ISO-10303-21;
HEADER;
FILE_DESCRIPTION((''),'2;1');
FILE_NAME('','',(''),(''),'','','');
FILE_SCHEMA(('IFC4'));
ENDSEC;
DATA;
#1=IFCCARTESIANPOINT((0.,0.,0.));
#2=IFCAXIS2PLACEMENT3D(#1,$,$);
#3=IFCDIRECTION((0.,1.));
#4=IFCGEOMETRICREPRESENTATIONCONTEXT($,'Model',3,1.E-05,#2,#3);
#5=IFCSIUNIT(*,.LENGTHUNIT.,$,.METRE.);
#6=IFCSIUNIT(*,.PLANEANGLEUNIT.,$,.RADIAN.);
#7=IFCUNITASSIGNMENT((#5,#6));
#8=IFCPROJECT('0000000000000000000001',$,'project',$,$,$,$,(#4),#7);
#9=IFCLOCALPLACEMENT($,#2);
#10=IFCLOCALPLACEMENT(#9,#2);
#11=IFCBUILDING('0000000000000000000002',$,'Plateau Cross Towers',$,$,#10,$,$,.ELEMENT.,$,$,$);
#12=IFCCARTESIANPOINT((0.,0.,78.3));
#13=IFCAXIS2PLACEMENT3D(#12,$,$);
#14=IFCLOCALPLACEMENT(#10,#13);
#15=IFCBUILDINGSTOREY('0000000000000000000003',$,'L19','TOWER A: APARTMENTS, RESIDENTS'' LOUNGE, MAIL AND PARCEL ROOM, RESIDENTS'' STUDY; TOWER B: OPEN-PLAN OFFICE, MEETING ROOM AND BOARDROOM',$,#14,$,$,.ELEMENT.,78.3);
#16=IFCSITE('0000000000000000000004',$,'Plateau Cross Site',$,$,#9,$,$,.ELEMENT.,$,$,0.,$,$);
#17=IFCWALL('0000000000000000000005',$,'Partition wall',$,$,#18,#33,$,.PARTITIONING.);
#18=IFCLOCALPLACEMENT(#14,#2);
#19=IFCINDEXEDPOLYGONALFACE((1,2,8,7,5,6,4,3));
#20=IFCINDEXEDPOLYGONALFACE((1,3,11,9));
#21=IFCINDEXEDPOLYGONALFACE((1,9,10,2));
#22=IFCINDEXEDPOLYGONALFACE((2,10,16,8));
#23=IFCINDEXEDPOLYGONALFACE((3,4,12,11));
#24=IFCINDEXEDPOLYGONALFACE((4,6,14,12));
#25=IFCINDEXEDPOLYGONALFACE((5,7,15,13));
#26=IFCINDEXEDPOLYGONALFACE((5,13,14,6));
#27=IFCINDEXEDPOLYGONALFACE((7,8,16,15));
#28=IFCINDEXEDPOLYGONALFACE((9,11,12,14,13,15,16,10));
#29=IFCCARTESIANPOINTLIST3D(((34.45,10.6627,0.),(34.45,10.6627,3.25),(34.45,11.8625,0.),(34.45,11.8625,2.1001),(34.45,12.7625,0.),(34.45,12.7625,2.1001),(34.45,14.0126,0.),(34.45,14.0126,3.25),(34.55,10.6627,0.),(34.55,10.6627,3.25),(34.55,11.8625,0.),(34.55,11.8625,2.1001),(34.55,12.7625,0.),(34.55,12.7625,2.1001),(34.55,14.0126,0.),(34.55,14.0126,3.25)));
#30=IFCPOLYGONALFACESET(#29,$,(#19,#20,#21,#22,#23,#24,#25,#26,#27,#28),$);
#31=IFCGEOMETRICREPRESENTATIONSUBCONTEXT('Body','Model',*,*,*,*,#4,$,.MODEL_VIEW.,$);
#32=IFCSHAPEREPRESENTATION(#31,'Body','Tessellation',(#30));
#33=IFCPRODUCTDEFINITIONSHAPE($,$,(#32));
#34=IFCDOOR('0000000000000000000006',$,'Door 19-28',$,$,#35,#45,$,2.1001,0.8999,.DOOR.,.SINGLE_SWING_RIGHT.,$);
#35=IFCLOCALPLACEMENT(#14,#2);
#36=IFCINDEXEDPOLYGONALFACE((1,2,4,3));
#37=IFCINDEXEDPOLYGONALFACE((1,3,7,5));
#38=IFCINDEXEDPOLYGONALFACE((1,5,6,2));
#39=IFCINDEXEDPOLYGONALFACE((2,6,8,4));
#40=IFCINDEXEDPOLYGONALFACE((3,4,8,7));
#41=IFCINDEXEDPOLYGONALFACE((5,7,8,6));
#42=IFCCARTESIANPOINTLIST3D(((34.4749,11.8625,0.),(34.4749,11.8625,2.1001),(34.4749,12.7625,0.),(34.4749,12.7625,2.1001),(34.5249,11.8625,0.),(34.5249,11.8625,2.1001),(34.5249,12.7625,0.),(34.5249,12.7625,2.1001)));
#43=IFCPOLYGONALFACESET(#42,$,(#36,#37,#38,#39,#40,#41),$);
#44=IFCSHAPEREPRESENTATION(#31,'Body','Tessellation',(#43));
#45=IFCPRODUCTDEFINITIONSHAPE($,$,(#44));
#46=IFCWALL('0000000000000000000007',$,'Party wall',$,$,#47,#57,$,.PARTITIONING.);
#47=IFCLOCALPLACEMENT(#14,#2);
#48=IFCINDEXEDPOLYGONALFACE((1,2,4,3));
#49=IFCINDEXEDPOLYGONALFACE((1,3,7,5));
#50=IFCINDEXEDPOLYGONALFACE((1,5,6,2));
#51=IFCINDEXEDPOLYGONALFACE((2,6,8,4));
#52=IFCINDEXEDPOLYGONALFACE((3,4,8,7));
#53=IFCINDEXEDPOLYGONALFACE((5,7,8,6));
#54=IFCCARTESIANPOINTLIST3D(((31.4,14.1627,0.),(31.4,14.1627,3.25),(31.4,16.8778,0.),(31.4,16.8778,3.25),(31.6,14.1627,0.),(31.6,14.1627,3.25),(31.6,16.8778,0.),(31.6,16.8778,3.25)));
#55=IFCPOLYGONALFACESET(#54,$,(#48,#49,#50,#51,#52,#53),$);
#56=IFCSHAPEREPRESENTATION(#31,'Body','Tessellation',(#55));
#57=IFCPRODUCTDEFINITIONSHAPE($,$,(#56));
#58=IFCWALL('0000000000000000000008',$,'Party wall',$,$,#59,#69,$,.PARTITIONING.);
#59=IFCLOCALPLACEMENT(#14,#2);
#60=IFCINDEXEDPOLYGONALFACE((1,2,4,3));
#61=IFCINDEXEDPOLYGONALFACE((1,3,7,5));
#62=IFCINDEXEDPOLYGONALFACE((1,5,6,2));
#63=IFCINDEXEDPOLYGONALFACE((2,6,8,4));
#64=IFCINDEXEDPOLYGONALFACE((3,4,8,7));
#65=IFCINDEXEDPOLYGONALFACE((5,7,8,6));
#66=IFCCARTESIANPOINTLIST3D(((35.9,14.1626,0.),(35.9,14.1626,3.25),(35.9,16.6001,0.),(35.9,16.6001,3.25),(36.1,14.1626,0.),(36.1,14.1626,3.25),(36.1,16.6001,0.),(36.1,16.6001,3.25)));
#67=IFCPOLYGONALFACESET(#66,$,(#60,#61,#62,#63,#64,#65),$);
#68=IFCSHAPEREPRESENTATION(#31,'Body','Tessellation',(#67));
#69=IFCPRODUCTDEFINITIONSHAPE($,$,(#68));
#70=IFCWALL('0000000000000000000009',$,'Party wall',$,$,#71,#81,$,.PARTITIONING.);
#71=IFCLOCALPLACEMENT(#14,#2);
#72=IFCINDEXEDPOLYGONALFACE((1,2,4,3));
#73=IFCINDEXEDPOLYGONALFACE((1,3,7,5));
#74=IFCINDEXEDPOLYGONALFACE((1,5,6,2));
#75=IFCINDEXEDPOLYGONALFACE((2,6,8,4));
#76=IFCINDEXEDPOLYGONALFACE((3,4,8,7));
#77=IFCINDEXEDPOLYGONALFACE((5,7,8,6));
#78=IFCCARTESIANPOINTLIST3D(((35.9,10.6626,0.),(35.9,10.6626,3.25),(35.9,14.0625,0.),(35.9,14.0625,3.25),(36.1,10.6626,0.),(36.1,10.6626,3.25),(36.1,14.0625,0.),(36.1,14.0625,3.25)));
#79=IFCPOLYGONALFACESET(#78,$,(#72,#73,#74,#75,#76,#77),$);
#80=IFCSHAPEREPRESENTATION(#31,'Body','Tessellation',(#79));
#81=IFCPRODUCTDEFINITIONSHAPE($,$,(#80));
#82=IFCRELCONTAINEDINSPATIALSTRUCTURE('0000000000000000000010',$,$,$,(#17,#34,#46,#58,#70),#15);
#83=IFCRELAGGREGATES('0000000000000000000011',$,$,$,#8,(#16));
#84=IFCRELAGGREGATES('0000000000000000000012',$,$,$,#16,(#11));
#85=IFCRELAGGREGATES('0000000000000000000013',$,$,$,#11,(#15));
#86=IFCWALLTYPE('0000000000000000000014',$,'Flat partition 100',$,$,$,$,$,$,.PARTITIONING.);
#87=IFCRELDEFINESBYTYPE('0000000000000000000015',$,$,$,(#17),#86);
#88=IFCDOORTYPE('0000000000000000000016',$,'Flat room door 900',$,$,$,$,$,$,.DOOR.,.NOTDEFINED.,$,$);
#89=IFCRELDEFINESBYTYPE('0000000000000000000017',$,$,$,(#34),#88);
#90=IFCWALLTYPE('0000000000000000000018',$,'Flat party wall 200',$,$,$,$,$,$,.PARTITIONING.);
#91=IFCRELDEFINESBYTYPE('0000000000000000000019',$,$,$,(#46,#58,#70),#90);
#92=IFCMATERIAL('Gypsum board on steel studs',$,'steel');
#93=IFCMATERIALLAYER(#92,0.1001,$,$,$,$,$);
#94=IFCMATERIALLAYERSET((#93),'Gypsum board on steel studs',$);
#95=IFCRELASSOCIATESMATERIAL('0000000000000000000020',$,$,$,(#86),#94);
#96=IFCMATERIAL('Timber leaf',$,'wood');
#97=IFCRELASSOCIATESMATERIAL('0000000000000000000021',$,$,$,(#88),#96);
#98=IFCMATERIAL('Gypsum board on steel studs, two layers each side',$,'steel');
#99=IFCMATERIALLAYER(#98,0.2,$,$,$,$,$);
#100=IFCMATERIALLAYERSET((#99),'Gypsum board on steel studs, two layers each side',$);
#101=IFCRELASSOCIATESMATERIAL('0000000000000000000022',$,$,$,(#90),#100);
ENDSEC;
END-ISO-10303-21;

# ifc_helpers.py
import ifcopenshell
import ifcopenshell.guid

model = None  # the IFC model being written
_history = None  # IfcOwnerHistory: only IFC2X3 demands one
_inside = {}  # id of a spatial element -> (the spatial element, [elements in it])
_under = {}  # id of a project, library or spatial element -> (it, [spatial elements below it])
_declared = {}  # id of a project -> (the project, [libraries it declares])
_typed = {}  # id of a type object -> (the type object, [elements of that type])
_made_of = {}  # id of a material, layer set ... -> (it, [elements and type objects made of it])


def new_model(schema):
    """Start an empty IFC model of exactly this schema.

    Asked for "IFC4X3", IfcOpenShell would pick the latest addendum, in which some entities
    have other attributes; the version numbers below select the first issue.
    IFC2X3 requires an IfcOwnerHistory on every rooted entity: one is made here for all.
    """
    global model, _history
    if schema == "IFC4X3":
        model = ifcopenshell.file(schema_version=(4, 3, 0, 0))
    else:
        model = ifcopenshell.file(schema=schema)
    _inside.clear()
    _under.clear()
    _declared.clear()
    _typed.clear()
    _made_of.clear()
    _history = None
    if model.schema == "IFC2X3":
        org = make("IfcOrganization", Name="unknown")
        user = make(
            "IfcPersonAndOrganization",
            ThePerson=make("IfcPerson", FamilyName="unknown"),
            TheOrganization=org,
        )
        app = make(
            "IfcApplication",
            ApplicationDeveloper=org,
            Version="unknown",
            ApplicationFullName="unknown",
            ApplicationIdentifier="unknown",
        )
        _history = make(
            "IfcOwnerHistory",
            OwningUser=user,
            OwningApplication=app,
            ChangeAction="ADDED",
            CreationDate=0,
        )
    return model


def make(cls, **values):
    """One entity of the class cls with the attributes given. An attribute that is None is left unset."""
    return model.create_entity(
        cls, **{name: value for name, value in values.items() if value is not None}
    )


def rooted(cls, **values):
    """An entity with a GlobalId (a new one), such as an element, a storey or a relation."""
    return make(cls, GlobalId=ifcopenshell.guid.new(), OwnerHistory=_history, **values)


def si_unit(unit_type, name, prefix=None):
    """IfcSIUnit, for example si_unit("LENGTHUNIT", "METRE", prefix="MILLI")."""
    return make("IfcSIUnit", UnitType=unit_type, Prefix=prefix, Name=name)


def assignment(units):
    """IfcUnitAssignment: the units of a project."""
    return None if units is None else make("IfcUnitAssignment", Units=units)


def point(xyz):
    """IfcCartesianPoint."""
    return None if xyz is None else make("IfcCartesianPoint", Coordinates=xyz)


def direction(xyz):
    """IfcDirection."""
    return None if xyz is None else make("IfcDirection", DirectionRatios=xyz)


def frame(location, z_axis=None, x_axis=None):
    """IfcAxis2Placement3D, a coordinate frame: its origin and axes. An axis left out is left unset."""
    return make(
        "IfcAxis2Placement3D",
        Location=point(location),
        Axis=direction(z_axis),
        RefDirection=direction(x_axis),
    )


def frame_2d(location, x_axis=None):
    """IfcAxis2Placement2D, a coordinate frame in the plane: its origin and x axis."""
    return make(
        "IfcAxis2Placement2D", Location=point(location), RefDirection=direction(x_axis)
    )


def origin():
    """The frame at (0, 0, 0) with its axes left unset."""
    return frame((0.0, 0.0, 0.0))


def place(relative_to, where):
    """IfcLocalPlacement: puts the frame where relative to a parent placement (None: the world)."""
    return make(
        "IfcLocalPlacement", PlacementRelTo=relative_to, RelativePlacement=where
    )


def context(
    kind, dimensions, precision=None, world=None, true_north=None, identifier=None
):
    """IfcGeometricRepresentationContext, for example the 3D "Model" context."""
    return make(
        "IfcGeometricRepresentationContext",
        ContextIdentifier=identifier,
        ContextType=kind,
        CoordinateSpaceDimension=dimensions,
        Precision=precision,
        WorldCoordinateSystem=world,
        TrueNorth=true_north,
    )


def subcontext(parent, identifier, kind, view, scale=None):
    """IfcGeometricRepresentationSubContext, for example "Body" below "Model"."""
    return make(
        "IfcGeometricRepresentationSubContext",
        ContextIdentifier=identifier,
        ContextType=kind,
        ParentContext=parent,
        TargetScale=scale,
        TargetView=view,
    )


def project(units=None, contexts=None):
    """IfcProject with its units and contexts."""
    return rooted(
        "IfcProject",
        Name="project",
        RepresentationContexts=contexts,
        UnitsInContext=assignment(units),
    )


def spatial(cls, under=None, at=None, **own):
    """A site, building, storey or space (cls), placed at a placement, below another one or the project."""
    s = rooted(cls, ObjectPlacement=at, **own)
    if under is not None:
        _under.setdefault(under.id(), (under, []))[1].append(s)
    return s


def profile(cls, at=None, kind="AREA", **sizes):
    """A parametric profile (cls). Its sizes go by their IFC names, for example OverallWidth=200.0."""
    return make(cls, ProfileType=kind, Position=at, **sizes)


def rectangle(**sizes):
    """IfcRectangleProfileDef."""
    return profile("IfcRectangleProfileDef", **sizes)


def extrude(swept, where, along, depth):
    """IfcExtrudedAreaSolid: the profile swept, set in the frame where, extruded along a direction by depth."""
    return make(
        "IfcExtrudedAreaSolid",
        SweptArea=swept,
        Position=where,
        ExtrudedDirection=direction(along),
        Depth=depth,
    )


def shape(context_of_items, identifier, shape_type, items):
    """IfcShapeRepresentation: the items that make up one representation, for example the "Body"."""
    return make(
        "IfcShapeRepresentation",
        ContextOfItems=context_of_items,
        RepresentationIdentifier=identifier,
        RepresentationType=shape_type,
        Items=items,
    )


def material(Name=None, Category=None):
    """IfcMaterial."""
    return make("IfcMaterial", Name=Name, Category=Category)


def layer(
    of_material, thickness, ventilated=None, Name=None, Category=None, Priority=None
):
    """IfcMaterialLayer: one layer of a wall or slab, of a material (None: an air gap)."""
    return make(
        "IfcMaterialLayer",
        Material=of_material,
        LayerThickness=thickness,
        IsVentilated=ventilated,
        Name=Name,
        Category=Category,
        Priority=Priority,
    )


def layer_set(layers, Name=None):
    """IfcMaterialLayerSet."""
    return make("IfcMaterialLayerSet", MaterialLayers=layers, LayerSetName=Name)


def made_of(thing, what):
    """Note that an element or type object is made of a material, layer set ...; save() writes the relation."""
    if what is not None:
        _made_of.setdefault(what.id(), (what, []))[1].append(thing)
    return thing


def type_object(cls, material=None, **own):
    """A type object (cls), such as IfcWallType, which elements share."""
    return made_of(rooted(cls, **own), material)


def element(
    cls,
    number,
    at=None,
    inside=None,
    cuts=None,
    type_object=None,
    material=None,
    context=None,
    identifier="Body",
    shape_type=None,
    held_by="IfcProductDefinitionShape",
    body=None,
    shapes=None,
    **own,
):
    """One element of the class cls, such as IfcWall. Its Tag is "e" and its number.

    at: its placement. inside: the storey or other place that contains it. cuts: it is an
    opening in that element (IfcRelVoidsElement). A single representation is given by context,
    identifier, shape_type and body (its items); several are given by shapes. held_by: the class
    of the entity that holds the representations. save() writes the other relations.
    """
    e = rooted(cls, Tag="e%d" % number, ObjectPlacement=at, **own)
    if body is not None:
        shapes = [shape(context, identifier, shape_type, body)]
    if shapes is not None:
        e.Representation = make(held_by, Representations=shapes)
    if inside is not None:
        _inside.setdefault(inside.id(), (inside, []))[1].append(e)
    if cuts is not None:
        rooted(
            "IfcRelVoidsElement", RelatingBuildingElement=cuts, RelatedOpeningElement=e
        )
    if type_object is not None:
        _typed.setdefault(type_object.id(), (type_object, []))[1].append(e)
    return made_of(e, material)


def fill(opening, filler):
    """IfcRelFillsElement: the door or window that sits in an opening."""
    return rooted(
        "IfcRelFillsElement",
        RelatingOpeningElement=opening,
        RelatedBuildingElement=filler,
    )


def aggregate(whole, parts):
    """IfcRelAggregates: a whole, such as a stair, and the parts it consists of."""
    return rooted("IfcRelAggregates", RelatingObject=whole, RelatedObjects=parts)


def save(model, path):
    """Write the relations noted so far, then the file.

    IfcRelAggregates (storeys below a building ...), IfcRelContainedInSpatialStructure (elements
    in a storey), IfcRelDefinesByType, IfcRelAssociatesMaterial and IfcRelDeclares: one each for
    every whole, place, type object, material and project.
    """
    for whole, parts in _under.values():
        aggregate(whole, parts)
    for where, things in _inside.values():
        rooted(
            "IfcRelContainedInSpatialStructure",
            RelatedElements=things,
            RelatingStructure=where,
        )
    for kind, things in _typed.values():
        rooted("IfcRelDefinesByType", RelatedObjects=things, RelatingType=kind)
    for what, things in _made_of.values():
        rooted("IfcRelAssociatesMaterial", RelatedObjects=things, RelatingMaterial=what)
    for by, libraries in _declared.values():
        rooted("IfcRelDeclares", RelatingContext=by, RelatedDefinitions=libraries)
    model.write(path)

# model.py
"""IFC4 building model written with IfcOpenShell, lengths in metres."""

from ifc_helpers import new_model, si_unit, direction, frame, frame_2d, origin, place, context, subcontext, project, spatial, rectangle, extrude, material, layer, layer_set, type_object, element, fill, save


model = new_model("IFC4")

# Units and contexts
model_context = context("Model", 3, precision=1e-05, world=origin(), true_north=direction((0.0, 1.0)))
body_context = subcontext(model_context, "Body", "Model", "MODEL_VIEW")
ifc_project = project(units=[si_unit("LENGTHUNIT", "METRE"), si_unit("PLANEANGLEUNIT", "RADIAN")], contexts=[model_context])

# Site, building, storey
site_placement = place(None, origin())
site = spatial("IfcSite", under=ifc_project, at=site_placement, Name="Plateau Cross Site", CompositionType="ELEMENT", RefElevation=0.0)
building_placement = place(site_placement, origin())
building = spatial("IfcBuilding", under=site, at=building_placement, Name="Plateau Cross Towers", CompositionType="ELEMENT")
storey_placement = place(building_placement, frame((0.0, 0.0, 78.3)))
storey = spatial("IfcBuildingStorey", under=building, at=storey_placement, Name="L19", Description="TOWER A: APARTMENTS, RESIDENTS' LOUNGE, MAIL AND PARCEL ROOM, RESIDENTS' STUDY; TOWER B: OPEN-PLAN OFFICE, MEETING ROOM AND BOARDROOM", CompositionType="ELEMENT", Elevation=78.3)

# Shared definitions
ifc_material_1 = material(Name="Gypsum board on steel studs", Category="steel")
ifc_layer_1 = layer(ifc_material_1, 0.1001)
ifc_layer_set_1 = layer_set([ifc_layer_1], Name="Gypsum board on steel studs")
wall_type_1 = type_object("IfcWallType", Name="Flat partition 100", PredefinedType="PARTITIONING", material=ifc_layer_set_1)

# Wall, opening, door
ifc_material_2 = material(Name="Timber leaf", Category="wood")
door_type = type_object("IfcDoorType", Name="Flat room door 900", OperationType="NOTDEFINED", PredefinedType="DOOR", material=ifc_material_2)
wall_1_placement = place(storey_placement, frame((34.5, 14.0125, 0.0), z_axis=(0.0, 0.0, 1.0), x_axis=(0.0, -1.0, 0.0)))
wall_1 = element("IfcWall", 1, at=wall_1_placement, inside=storey, type_object=wall_type_1, Name="Partition wall", PredefinedType="PARTITIONING", context=body_context, shape_type="SweptSolid", body=[
    extrude(rectangle(XDim=3.3499, YDim=0.1001, at=frame_2d((1.6748, 0.0))), origin(), (0.0, 0.0, 1.0), 3.25),
])
opening_1_placement = place(wall_1_placement, frame((1.25, 0.0, 0.0)))
opening_1 = element("IfcOpeningElement", 2, at=opening_1_placement, cuts=wall_1, PredefinedType="OPENING", context=body_context, shape_type="SweptSolid", body=[
    extrude(rectangle(XDim=0.8999, YDim=2.1001, at=frame_2d((0.45, 1.05))), frame((0.0, 0.0601, 0.0), z_axis=(0.0, -1.0, 0.0), x_axis=(1.0, 0.0, 0.0)), (0.0, 0.0, 1.0), 0.1201),
])
door_1_placement = place(opening_1_placement, origin())
door_1 = element("IfcDoor", 3, at=door_1_placement, inside=storey, type_object=door_type, Name="Door 19-28", OperationType="SINGLE_SWING_RIGHT", OverallHeight=2.1001, OverallWidth=0.8999, PredefinedType="DOOR", context=body_context, shape_type="SweptSolid", body=[
    extrude(rectangle(XDim=0.8999, YDim=2.1001, at=frame_2d((0.45, 1.05))), frame((0.0, 0.0249, 0.0), z_axis=(0.0, -1.0, 0.0), x_axis=(1.0, 0.0, 0.0)), (0.0, 0.0, 1.0), 0.05),
])
fill(opening_1, door_1)

# Walls
ifc_material_3 = material(Name="Gypsum board on steel studs, two layers each side", Category="steel")
ifc_layer_2 = layer(ifc_material_3, 0.2)
ifc_layer_set_2 = layer_set([ifc_layer_2], Name="Gypsum board on steel studs, two layers each side")
wall_type_2 = type_object("IfcWallType", Name="Flat party wall 200", PredefinedType="PARTITIONING", material=ifc_layer_set_2)
wall_2_placement = place(storey_placement, frame((31.5, 16.8777, 0.0), z_axis=(0.0, 0.0, 1.0), x_axis=(0.0, -1.0, 0.0)))
element("IfcWall", 4, at=wall_2_placement, inside=storey, type_object=wall_type_2, Name="Party wall", PredefinedType="PARTITIONING", context=body_context, shape_type="SweptSolid", body=[
    extrude(rectangle(XDim=2.7151, YDim=0.2, at=frame_2d((1.3574, 0.0))), origin(), (0.0, 0.0, 1.0), 3.25),
])
wall_3_placement = place(storey_placement, frame((36.0, 16.6001, 0.0), z_axis=(0.0, 0.0, 1.0), x_axis=(0.0, -1.0, 0.0)))
element("IfcWall", 5, at=wall_3_placement, inside=storey, type_object=wall_type_2, Name="Party wall", PredefinedType="PARTITIONING", context=body_context, shape_type="SweptSolid", body=[
    extrude(rectangle(XDim=2.4375, YDim=0.2, at=frame_2d((1.2188, 0.0))), origin(), (0.0, 0.0, 1.0), 3.25),
])
wall_4_placement = place(storey_placement, frame((36.0, 10.6626, 0.0), z_axis=(0.0, 0.0, 1.0), x_axis=(0.0, 1.0, 0.0)))
element("IfcWall", 6, at=wall_4_placement, inside=storey, type_object=wall_type_2, Name="Party wall", PredefinedType="PARTITIONING", context=body_context, shape_type="SweptSolid", body=[
    extrude(rectangle(XDim=3.3999, YDim=0.2, at=frame_2d((1.7, 0.0))), origin(), (0.0, 0.0, 1.0), 3.25),
])

save(model, "model.ifc")
